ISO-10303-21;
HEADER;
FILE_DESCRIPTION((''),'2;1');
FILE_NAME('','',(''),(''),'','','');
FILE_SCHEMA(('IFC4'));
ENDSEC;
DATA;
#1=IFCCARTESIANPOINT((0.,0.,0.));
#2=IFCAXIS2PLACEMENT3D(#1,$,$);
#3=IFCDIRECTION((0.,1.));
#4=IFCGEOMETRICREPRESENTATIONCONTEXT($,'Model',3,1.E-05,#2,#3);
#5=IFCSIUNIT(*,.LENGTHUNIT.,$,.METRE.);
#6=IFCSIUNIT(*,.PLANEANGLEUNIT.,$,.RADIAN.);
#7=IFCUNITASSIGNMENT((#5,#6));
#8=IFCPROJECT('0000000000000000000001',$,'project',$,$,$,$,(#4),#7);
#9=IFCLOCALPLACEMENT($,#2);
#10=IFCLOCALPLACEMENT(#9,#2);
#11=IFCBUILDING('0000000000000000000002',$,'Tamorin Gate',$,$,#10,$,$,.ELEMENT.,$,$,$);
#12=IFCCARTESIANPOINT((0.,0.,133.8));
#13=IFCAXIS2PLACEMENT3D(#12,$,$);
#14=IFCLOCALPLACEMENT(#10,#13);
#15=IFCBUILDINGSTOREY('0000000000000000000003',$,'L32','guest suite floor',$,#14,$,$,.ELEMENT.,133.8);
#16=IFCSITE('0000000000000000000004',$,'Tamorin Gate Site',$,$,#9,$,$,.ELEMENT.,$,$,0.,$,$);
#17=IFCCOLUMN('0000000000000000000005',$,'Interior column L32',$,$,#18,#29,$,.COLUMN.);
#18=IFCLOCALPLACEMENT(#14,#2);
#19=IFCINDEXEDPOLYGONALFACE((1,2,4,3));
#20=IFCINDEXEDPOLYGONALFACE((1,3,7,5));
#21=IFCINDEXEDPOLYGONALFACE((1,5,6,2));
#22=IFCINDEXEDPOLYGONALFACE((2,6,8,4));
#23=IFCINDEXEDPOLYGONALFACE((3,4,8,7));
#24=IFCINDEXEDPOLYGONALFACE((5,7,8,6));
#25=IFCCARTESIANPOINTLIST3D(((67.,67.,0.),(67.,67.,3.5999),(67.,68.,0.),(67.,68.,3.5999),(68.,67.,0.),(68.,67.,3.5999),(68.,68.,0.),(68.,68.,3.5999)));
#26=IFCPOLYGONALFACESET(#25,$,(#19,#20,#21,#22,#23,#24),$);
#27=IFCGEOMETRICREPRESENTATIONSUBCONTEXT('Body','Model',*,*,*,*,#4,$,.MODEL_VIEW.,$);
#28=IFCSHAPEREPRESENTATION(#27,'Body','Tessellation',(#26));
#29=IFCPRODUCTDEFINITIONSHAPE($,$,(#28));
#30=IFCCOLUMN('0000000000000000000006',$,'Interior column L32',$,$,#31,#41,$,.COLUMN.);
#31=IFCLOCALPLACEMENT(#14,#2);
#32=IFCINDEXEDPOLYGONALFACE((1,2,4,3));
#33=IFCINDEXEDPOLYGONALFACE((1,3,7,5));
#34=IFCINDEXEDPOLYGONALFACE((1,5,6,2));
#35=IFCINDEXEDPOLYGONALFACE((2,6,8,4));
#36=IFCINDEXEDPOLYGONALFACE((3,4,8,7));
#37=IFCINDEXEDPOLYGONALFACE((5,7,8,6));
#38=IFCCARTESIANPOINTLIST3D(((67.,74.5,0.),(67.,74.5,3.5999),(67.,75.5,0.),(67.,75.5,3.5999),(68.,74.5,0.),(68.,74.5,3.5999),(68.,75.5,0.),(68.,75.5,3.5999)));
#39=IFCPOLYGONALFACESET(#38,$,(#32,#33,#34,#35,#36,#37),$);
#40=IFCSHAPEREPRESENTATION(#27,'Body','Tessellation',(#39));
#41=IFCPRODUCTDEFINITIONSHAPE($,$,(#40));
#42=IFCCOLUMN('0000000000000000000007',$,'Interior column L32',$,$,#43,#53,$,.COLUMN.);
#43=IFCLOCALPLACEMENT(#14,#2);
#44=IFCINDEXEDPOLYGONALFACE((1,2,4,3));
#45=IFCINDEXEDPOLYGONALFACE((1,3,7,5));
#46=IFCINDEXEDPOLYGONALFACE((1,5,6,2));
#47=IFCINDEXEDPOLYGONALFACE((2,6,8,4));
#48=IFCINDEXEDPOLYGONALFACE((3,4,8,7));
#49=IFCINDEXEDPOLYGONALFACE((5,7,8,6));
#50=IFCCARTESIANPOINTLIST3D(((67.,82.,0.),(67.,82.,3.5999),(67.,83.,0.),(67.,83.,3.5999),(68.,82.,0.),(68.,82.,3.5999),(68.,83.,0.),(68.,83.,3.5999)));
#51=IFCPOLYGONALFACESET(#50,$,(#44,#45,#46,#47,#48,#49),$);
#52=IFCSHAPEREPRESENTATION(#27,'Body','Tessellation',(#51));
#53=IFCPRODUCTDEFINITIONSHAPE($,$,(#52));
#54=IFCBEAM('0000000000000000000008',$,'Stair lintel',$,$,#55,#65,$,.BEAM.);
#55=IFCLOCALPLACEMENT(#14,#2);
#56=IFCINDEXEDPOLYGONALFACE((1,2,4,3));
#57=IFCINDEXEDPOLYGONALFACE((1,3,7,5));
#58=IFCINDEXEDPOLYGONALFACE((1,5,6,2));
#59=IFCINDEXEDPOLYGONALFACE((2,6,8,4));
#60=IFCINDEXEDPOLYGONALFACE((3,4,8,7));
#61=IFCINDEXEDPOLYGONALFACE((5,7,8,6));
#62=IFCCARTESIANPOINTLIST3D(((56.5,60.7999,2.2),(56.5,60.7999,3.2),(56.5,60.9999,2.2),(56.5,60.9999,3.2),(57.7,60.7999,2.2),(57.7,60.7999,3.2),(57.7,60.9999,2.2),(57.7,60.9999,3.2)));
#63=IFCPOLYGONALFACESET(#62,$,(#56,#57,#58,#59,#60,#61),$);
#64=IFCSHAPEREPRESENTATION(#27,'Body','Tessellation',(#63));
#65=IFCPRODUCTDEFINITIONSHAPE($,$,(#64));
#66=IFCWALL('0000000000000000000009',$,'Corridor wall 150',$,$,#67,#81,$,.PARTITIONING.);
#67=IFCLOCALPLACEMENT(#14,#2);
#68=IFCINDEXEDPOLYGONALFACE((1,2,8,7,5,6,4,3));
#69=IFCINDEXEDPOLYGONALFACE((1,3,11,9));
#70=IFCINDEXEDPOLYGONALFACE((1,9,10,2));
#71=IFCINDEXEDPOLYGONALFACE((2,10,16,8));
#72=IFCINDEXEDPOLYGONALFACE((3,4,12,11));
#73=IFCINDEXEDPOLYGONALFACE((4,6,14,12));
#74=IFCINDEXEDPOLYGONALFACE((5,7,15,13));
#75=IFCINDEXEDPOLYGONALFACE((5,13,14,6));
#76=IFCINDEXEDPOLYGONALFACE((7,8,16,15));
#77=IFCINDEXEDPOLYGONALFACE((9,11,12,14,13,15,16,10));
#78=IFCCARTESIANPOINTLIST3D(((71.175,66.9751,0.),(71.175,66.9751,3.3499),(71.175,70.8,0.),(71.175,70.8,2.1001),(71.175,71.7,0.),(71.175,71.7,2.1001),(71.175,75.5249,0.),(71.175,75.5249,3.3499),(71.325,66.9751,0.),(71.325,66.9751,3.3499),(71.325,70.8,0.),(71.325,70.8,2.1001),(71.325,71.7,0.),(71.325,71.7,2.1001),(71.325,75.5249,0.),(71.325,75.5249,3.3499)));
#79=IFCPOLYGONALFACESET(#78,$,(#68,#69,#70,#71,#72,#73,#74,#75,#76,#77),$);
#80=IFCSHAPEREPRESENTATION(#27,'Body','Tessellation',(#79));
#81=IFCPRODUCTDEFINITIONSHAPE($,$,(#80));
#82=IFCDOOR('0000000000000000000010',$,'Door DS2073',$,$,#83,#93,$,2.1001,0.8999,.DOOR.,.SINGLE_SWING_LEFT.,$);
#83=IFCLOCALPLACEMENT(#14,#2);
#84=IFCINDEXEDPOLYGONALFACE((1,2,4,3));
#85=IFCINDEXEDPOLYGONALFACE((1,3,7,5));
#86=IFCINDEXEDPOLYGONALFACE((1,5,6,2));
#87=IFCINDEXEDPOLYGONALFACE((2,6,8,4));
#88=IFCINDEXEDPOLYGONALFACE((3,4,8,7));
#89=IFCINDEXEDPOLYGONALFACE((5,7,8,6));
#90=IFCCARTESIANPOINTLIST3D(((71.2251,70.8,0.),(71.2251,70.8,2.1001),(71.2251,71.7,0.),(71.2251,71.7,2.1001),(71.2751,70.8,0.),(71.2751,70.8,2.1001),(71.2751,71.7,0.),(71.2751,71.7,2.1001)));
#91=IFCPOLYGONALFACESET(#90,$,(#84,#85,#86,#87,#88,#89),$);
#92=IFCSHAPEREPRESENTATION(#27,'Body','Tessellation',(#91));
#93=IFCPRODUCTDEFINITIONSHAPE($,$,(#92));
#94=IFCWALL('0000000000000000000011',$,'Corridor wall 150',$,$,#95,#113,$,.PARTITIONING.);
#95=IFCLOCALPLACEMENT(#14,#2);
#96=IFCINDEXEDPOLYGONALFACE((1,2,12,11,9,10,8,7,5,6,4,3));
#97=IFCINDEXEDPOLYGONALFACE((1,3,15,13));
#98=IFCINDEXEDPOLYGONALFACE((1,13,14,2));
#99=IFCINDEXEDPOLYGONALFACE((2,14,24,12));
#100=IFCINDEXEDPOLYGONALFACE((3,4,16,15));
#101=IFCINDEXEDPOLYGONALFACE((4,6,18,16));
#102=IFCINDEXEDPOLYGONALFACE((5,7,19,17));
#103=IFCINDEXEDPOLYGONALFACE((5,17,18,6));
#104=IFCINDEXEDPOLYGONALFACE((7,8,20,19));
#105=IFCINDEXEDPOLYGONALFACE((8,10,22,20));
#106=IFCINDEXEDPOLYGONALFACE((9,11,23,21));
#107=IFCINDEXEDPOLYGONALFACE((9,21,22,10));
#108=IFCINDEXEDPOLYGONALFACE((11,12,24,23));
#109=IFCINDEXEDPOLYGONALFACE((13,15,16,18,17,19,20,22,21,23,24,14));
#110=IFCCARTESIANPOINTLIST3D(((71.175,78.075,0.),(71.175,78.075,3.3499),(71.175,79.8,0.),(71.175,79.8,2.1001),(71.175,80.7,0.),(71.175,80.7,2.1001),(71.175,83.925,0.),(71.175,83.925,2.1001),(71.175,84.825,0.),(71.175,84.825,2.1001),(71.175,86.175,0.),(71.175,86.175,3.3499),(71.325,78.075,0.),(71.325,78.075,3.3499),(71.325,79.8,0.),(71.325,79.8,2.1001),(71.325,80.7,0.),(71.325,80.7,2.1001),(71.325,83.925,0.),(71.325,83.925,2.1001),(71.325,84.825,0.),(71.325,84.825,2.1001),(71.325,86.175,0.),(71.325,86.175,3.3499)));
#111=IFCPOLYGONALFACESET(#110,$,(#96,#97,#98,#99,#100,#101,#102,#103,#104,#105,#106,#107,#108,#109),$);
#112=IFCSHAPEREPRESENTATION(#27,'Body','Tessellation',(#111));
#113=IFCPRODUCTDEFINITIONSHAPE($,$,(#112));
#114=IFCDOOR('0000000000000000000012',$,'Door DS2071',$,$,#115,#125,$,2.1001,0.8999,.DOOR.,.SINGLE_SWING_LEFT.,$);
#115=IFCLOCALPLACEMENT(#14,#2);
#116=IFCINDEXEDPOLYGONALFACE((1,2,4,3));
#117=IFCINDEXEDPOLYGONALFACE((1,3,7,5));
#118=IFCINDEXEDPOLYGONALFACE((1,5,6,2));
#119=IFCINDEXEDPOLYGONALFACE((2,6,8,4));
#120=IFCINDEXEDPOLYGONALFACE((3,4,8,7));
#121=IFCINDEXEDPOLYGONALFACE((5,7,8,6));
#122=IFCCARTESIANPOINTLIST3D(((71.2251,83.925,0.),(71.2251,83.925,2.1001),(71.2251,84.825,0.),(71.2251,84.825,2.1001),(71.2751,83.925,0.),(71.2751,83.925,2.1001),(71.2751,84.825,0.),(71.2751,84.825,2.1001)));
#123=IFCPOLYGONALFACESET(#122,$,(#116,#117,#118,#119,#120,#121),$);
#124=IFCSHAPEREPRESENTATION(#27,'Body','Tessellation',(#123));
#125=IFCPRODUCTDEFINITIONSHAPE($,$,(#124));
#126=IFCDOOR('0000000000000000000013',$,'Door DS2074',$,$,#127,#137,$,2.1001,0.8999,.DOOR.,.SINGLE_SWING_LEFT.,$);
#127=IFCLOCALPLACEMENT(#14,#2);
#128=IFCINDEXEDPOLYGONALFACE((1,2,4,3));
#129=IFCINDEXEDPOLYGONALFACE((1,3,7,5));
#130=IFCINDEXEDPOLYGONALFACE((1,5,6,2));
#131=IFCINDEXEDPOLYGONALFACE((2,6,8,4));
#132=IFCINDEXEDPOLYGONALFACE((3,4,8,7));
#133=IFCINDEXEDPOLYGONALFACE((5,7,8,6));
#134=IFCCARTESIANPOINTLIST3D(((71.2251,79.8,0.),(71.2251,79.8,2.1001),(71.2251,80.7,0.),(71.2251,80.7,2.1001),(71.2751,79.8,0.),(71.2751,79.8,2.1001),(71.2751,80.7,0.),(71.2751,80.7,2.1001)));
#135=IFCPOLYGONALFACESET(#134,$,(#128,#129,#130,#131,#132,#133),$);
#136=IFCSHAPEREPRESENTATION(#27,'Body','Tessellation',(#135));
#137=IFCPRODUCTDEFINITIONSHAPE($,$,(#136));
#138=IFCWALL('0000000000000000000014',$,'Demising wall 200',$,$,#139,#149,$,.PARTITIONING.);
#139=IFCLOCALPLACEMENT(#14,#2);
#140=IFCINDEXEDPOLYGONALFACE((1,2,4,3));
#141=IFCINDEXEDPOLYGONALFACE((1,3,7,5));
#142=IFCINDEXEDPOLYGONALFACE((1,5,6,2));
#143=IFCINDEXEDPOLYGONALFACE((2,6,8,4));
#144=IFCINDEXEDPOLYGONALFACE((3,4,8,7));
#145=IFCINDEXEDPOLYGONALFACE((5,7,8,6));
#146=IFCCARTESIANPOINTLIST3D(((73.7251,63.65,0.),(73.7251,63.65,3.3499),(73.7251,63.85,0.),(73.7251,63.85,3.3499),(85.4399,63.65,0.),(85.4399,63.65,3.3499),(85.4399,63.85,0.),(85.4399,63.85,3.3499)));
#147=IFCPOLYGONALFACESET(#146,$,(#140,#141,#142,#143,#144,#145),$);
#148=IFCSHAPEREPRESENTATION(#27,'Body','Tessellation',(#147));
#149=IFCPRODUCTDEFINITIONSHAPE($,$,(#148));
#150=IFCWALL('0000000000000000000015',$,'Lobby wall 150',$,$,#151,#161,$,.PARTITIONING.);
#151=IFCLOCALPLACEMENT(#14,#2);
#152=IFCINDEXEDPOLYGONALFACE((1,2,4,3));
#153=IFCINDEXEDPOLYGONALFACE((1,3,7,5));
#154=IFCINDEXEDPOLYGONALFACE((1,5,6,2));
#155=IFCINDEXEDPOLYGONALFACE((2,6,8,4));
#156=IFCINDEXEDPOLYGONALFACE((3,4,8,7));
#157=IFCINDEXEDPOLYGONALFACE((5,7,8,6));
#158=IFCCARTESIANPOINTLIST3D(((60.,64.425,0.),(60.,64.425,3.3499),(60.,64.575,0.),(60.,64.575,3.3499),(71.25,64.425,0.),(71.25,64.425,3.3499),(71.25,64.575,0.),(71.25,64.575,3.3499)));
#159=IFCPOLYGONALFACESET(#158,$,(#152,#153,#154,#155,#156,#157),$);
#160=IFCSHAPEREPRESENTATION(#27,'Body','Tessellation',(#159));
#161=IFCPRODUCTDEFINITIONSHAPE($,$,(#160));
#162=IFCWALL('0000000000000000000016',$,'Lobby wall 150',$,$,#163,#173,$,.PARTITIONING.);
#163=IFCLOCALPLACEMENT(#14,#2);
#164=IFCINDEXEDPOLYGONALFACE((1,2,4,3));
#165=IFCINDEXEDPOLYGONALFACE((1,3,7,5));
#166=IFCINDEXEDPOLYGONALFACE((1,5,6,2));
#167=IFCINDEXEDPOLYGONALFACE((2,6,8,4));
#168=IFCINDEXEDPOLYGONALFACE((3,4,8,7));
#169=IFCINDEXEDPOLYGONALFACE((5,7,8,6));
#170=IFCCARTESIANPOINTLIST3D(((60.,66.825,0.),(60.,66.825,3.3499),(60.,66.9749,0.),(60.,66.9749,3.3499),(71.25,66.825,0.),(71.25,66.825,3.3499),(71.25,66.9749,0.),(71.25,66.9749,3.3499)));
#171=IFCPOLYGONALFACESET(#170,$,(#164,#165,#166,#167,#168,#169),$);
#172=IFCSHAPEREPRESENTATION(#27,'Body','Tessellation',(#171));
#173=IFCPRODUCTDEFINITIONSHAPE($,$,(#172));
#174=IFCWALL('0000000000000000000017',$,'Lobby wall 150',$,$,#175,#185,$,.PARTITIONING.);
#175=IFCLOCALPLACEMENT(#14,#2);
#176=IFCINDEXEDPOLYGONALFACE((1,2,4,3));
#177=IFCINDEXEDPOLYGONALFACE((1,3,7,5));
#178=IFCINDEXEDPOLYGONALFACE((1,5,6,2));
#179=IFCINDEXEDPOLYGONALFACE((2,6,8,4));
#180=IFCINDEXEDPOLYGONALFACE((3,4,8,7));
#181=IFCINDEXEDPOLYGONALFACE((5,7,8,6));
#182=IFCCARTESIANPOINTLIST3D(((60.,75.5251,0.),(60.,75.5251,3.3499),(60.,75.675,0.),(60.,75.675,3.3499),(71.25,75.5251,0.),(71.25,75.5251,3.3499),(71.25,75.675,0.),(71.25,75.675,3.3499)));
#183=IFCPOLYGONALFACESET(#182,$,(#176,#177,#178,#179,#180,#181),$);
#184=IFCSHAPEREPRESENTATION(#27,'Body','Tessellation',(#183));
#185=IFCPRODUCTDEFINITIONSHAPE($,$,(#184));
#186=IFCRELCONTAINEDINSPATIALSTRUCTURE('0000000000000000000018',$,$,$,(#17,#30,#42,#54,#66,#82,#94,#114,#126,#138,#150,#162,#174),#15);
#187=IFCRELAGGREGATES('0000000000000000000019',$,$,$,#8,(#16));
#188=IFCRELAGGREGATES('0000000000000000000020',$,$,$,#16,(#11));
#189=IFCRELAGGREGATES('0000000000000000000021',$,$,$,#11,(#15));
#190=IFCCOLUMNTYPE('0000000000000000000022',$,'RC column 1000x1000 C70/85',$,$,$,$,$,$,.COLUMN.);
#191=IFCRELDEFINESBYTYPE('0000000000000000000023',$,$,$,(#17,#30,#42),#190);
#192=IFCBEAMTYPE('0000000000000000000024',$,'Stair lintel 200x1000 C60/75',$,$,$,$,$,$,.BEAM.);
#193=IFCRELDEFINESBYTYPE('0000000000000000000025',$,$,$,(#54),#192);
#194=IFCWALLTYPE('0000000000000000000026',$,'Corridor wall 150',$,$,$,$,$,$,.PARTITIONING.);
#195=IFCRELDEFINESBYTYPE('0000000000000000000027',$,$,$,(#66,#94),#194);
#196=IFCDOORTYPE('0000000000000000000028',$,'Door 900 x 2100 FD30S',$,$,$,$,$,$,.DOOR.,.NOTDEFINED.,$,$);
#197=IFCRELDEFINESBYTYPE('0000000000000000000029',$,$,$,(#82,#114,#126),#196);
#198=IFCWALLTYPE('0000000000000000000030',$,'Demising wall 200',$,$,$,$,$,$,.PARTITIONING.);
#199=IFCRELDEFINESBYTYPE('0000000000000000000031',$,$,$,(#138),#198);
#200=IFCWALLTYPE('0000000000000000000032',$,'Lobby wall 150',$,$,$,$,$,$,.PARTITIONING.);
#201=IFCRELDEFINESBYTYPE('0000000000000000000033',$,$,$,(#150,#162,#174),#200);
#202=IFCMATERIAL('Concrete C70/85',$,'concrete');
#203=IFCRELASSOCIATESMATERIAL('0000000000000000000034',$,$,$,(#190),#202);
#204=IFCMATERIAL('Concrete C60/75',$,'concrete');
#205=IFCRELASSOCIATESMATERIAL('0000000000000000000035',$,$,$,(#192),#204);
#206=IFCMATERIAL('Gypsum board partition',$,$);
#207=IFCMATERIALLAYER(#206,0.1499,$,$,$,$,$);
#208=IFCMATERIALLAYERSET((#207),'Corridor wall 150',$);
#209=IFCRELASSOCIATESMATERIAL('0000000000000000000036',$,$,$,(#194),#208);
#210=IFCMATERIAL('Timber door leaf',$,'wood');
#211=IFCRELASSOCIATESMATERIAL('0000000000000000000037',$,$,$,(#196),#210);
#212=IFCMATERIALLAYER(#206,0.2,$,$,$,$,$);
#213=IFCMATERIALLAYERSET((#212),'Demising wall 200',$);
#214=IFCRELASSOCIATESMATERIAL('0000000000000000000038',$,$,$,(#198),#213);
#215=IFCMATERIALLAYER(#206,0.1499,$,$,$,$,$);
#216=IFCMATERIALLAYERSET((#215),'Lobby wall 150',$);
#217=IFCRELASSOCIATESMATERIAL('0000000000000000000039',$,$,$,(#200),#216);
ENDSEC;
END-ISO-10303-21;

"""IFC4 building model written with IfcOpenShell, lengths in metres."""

from ifc_helpers import new_model, si_unit, direction, frame, frame_2d, origin, origin_2d, place, context, subcontext, project, spatial, rectangle, extrude, material, layer, layer_set, material_profile, profile_set, type_object, element, fill, save


model = new_model("IFC4")

# Units and contexts
model_context = context("Model", 3, precision=1e-05, world=origin(), true_north=direction((0.0, 1.0)))
body_context = subcontext(model_context, "Body", "Model", "MODEL_VIEW")
ifc_project = project(units=[si_unit("LENGTHUNIT", "METRE"), si_unit("PLANEANGLEUNIT", "RADIAN")], contexts=[model_context])

# Site, building, storey
site_placement = place(None, origin())
site = spatial("IfcSite", under=ifc_project, at=site_placement, Name="Tamorin Gate Site", CompositionType="ELEMENT", RefElevation=0.0)
building_placement = place(site_placement, origin())
building = spatial("IfcBuilding", under=site, at=building_placement, Name="Tamorin Gate", CompositionType="ELEMENT")
storey_placement = place(building_placement, frame((0.0, 0.0, 133.8)))
storey = spatial("IfcBuildingStorey", under=building, at=storey_placement, Name="L32", Description="guest suite floor", CompositionType="ELEMENT", Elevation=133.8)

# Columns
ifc_material_1 = material(Name="Concrete C70/85", Category="concrete")
ifc_material_profile_1 = material_profile(ifc_material_1, rectangle(XDim=1.0, YDim=1.0, at=origin_2d()), Name="RC 1000x1000")
ifc_profile_set_1 = profile_set([ifc_material_profile_1], Name="Concrete C70/85")
column_type = type_object("IfcColumnType", Name="RC column 1000x1000 C70/85", PredefinedType="COLUMN", material=ifc_profile_set_1)
for number, where, z_axis, x_axis, name in (
    (1, (67.5, 67.5, 0.0), (0.0, 0.0, 1.0), (1.0, 0.0, 0.0), "Interior column L32"),
    (2, (67.5, 75.0, 0.0), (0.0, 0.0, 1.0), (1.0, 0.0, 0.0), "Interior column L32"),
    (3, (67.5, 82.5, 0.0), (0.0, 0.0, 1.0), (1.0, 0.0, 0.0), "Interior column L32"),
):
    element("IfcColumn", number, at=place(storey_placement, frame(where, z_axis=z_axis, x_axis=x_axis)), inside=storey, type_object=column_type, Name=name, PredefinedType="COLUMN", context=body_context, shape_type="SweptSolid", body=[
        extrude(rectangle(XDim=1.0, YDim=1.0, at=origin_2d()), origin(), (0.0, 0.0, 1.0), 3.5999),
    ])

# Beam
ifc_material_2 = material(Name="Concrete C60/75", Category="concrete")
ifc_material_profile_2 = material_profile(ifc_material_2, rectangle(XDim=0.2, YDim=1.0, at=origin_2d()))
ifc_profile_set_2 = profile_set([ifc_material_profile_2], Name="Concrete C60/75")
beam_type = type_object("IfcBeamType", Name="Stair lintel 200x1000 C60/75", PredefinedType="BEAM", material=ifc_profile_set_2)
beam_placement = place(storey_placement, frame((56.5, 60.8999, 2.7), z_axis=(1.0, 0.0, 0.0), x_axis=(0.0, 1.0, 0.0)))
element("IfcBeam", 4, at=beam_placement, inside=storey, type_object=beam_type, Name="Stair lintel", PredefinedType="BEAM", context=body_context, shape_type="SweptSolid", body=[
    extrude(rectangle(XDim=0.2, YDim=1.0, at=origin_2d()), origin(), (0.0, 0.0, 1.0), 1.2),
])

# Wall, opening, door
ifc_material_3 = material(Name="Gypsum board partition")
ifc_layer_1 = layer(ifc_material_3, 0.1499)
ifc_layer_set_1 = layer_set([ifc_layer_1], Name="Corridor wall 150")
wall_type_1 = type_object("IfcWallType", Name="Corridor wall 150", PredefinedType="PARTITIONING", material=ifc_layer_set_1)
wall_1_placement = place(storey_placement, frame((71.25, 66.9751, 0.0), z_axis=(0.0, 0.0, 1.0), x_axis=(0.0, 1.0, 0.0)))
wall_1 = element("IfcWall", 5, at=wall_1_placement, inside=storey, type_object=wall_type_1, Name="Corridor wall 150", PredefinedType="PARTITIONING", context=body_context, shape_type="SweptSolid", body=[
    extrude(rectangle(XDim=8.5498, YDim=0.1499, at=frame_2d((4.2749, 0.0))), origin(), (0.0, 0.0, 1.0), 3.3499),
])
opening_1_placement = place(wall_1_placement, frame((3.825, 0.0, 0.0)))
opening_1 = element("IfcOpeningElement", 6, at=opening_1_placement, cuts=wall_1, PredefinedType="OPENING", context=body_context, shape_type="SweptSolid", body=[
    extrude(rectangle(XDim=0.8999, YDim=2.1001, at=frame_2d((0.45, 1.05))), frame((0.0, 0.085, 0.0), z_axis=(0.0, -1.0, 0.0), x_axis=(1.0, 0.0, 0.0)), (0.0, 0.0, 1.0), 0.1699),
])
ifc_material_4 = material(Name="Timber door leaf", Category="wood")
door_type_1 = type_object("IfcDoorType", Name="Door 900 x 2100 FD30S", OperationType="NOTDEFINED", PredefinedType="DOOR", material=ifc_material_4)
door_1_placement = place(opening_1_placement, origin())
door_1 = element("IfcDoor", 7, at=door_1_placement, inside=storey, type_object=door_type_1, Name="Door DS2073", OperationType="SINGLE_SWING_LEFT", OverallHeight=2.1001, OverallWidth=0.8999, PredefinedType="DOOR", context=body_context, shape_type="SweptSolid", body=[
    extrude(rectangle(XDim=0.8999, YDim=2.1001, at=frame_2d((0.45, 1.05))), frame((0.0, 0.0249, 0.0), z_axis=(0.0, -1.0, 0.0), x_axis=(1.0, 0.0, 0.0)), (0.0, 0.0, 1.0), 0.05),
])
fill(opening_1, door_1)

# Wall, openings, doors
wall_2_placement = place(storey_placement, frame((71.25, 78.075, 0.0), z_axis=(0.0, 0.0, 1.0), x_axis=(0.0, 1.0, 0.0)))
wall_2 = element("IfcWall", 8, at=wall_2_placement, inside=storey, type_object=wall_type_1, Name="Corridor wall 150", PredefinedType="PARTITIONING", context=body_context, shape_type="SweptSolid", body=[
    extrude(rectangle(XDim=8.1001, YDim=0.1499, at=frame_2d((4.05, 0.0))), origin(), (0.0, 0.0, 1.0), 3.3499),
])
opening_2_placement = place(wall_2_placement, frame((5.8501, 0.0, 0.0)))
opening_2 = element("IfcOpeningElement", 9, at=opening_2_placement, cuts=wall_2, PredefinedType="OPENING", context=body_context, shape_type="SweptSolid", body=[
    extrude(rectangle(XDim=0.8999, YDim=2.1001, at=frame_2d((0.45, 1.05))), frame((0.0, 0.085, 0.0), z_axis=(0.0, -1.0, 0.0), x_axis=(1.0, 0.0, 0.0)), (0.0, 0.0, 1.0), 0.1699),
])
opening_3_placement = place(wall_2_placement, frame((1.7251, 0.0, 0.0)))
opening_3 = element("IfcOpeningElement", 10, at=opening_3_placement, cuts=wall_2, PredefinedType="OPENING", context=body_context, shape_type="SweptSolid", body=[
    extrude(rectangle(XDim=0.8999, YDim=2.1001, at=frame_2d((0.45, 1.05))), frame((0.0, 0.085, 0.0), z_axis=(0.0, -1.0, 0.0), x_axis=(1.0, 0.0, 0.0)), (0.0, 0.0, 1.0), 0.1699),
])
door_2_placement = place(opening_2_placement, origin())
door_2 = element("IfcDoor", 11, at=door_2_placement, inside=storey, type_object=door_type_1, Name="Door DS2071", OperationType="SINGLE_SWING_LEFT", OverallHeight=2.1001, OverallWidth=0.8999, PredefinedType="DOOR", context=body_context, shape_type="SweptSolid", body=[
    extrude(rectangle(XDim=0.8999, YDim=2.1001, at=frame_2d((0.45, 1.05))), frame((0.0, 0.0249, 0.0), z_axis=(0.0, -1.0, 0.0), x_axis=(1.0, 0.0, 0.0)), (0.0, 0.0, 1.0), 0.05),
])
fill(opening_2, door_2)
door_3_placement = place(opening_3_placement, origin())
door_3 = element("IfcDoor", 12, at=door_3_placement, inside=storey, type_object=door_type_1, Name="Door DS2074", OperationType="SINGLE_SWING_LEFT", OverallHeight=2.1001, OverallWidth=0.8999, PredefinedType="DOOR", context=body_context, shape_type="SweptSolid", body=[
    extrude(rectangle(XDim=0.8999, YDim=2.1001, at=frame_2d((0.45, 1.05))), frame((0.0, 0.0249, 0.0), z_axis=(0.0, -1.0, 0.0), x_axis=(1.0, 0.0, 0.0)), (0.0, 0.0, 1.0), 0.05),
])
fill(opening_3, door_3)

# Walls
ifc_layer_2 = layer(ifc_material_3, 0.2)
ifc_layer_set_2 = layer_set([ifc_layer_2], Name="Demising wall 200")
wall_type_2 = type_object("IfcWallType", Name="Demising wall 200", PredefinedType="PARTITIONING", material=ifc_layer_set_2)
wall_3_placement = place(storey_placement, frame((73.7251, 63.75, 0.0), z_axis=(0.0, 0.0, 1.0), x_axis=(1.0, 0.0, 0.0)))
element("IfcWall", 13, at=wall_3_placement, inside=storey, type_object=wall_type_2, Name="Demising wall 200", PredefinedType="PARTITIONING", context=body_context, shape_type="SweptSolid", body=[
    extrude(rectangle(XDim=11.7148, YDim=0.2, at=frame_2d((5.8574, 0.0))), origin(), (0.0, 0.0, 1.0), 3.3499),
])
ifc_layer_3 = layer(ifc_material_3, 0.1499)
ifc_layer_set_3 = layer_set([ifc_layer_3], Name="Lobby wall 150")
wall_type_3 = type_object("IfcWallType", Name="Lobby wall 150", PredefinedType="PARTITIONING", material=ifc_layer_set_3)
for number, where, z_axis, x_axis, name in (
    (14, (60.0, 64.5, 0.0), (0.0, 0.0, 1.0), (1.0, 0.0, 0.0), "Lobby wall 150"),
    (15, (60.0, 66.8999, 0.0), (0.0, 0.0, 1.0), (1.0, 0.0, 0.0), "Lobby wall 150"),
    (16, (60.0, 75.6001, 0.0), (0.0, 0.0, 1.0), (1.0, 0.0, 0.0), "Lobby wall 150"),
):
    element("IfcWall", number, at=place(storey_placement, frame(where, z_axis=z_axis, x_axis=x_axis)), inside=storey, type_object=wall_type_3, Name=name, PredefinedType="PARTITIONING", context=body_context, shape_type="SweptSolid", body=[
        extrude(rectangle(XDim=11.25, YDim=0.1499, at=frame_2d((5.625, 0.0))), origin(), (0.0, 0.0, 1.0), 3.3499),
    ])

save(model, "model.ifc")
